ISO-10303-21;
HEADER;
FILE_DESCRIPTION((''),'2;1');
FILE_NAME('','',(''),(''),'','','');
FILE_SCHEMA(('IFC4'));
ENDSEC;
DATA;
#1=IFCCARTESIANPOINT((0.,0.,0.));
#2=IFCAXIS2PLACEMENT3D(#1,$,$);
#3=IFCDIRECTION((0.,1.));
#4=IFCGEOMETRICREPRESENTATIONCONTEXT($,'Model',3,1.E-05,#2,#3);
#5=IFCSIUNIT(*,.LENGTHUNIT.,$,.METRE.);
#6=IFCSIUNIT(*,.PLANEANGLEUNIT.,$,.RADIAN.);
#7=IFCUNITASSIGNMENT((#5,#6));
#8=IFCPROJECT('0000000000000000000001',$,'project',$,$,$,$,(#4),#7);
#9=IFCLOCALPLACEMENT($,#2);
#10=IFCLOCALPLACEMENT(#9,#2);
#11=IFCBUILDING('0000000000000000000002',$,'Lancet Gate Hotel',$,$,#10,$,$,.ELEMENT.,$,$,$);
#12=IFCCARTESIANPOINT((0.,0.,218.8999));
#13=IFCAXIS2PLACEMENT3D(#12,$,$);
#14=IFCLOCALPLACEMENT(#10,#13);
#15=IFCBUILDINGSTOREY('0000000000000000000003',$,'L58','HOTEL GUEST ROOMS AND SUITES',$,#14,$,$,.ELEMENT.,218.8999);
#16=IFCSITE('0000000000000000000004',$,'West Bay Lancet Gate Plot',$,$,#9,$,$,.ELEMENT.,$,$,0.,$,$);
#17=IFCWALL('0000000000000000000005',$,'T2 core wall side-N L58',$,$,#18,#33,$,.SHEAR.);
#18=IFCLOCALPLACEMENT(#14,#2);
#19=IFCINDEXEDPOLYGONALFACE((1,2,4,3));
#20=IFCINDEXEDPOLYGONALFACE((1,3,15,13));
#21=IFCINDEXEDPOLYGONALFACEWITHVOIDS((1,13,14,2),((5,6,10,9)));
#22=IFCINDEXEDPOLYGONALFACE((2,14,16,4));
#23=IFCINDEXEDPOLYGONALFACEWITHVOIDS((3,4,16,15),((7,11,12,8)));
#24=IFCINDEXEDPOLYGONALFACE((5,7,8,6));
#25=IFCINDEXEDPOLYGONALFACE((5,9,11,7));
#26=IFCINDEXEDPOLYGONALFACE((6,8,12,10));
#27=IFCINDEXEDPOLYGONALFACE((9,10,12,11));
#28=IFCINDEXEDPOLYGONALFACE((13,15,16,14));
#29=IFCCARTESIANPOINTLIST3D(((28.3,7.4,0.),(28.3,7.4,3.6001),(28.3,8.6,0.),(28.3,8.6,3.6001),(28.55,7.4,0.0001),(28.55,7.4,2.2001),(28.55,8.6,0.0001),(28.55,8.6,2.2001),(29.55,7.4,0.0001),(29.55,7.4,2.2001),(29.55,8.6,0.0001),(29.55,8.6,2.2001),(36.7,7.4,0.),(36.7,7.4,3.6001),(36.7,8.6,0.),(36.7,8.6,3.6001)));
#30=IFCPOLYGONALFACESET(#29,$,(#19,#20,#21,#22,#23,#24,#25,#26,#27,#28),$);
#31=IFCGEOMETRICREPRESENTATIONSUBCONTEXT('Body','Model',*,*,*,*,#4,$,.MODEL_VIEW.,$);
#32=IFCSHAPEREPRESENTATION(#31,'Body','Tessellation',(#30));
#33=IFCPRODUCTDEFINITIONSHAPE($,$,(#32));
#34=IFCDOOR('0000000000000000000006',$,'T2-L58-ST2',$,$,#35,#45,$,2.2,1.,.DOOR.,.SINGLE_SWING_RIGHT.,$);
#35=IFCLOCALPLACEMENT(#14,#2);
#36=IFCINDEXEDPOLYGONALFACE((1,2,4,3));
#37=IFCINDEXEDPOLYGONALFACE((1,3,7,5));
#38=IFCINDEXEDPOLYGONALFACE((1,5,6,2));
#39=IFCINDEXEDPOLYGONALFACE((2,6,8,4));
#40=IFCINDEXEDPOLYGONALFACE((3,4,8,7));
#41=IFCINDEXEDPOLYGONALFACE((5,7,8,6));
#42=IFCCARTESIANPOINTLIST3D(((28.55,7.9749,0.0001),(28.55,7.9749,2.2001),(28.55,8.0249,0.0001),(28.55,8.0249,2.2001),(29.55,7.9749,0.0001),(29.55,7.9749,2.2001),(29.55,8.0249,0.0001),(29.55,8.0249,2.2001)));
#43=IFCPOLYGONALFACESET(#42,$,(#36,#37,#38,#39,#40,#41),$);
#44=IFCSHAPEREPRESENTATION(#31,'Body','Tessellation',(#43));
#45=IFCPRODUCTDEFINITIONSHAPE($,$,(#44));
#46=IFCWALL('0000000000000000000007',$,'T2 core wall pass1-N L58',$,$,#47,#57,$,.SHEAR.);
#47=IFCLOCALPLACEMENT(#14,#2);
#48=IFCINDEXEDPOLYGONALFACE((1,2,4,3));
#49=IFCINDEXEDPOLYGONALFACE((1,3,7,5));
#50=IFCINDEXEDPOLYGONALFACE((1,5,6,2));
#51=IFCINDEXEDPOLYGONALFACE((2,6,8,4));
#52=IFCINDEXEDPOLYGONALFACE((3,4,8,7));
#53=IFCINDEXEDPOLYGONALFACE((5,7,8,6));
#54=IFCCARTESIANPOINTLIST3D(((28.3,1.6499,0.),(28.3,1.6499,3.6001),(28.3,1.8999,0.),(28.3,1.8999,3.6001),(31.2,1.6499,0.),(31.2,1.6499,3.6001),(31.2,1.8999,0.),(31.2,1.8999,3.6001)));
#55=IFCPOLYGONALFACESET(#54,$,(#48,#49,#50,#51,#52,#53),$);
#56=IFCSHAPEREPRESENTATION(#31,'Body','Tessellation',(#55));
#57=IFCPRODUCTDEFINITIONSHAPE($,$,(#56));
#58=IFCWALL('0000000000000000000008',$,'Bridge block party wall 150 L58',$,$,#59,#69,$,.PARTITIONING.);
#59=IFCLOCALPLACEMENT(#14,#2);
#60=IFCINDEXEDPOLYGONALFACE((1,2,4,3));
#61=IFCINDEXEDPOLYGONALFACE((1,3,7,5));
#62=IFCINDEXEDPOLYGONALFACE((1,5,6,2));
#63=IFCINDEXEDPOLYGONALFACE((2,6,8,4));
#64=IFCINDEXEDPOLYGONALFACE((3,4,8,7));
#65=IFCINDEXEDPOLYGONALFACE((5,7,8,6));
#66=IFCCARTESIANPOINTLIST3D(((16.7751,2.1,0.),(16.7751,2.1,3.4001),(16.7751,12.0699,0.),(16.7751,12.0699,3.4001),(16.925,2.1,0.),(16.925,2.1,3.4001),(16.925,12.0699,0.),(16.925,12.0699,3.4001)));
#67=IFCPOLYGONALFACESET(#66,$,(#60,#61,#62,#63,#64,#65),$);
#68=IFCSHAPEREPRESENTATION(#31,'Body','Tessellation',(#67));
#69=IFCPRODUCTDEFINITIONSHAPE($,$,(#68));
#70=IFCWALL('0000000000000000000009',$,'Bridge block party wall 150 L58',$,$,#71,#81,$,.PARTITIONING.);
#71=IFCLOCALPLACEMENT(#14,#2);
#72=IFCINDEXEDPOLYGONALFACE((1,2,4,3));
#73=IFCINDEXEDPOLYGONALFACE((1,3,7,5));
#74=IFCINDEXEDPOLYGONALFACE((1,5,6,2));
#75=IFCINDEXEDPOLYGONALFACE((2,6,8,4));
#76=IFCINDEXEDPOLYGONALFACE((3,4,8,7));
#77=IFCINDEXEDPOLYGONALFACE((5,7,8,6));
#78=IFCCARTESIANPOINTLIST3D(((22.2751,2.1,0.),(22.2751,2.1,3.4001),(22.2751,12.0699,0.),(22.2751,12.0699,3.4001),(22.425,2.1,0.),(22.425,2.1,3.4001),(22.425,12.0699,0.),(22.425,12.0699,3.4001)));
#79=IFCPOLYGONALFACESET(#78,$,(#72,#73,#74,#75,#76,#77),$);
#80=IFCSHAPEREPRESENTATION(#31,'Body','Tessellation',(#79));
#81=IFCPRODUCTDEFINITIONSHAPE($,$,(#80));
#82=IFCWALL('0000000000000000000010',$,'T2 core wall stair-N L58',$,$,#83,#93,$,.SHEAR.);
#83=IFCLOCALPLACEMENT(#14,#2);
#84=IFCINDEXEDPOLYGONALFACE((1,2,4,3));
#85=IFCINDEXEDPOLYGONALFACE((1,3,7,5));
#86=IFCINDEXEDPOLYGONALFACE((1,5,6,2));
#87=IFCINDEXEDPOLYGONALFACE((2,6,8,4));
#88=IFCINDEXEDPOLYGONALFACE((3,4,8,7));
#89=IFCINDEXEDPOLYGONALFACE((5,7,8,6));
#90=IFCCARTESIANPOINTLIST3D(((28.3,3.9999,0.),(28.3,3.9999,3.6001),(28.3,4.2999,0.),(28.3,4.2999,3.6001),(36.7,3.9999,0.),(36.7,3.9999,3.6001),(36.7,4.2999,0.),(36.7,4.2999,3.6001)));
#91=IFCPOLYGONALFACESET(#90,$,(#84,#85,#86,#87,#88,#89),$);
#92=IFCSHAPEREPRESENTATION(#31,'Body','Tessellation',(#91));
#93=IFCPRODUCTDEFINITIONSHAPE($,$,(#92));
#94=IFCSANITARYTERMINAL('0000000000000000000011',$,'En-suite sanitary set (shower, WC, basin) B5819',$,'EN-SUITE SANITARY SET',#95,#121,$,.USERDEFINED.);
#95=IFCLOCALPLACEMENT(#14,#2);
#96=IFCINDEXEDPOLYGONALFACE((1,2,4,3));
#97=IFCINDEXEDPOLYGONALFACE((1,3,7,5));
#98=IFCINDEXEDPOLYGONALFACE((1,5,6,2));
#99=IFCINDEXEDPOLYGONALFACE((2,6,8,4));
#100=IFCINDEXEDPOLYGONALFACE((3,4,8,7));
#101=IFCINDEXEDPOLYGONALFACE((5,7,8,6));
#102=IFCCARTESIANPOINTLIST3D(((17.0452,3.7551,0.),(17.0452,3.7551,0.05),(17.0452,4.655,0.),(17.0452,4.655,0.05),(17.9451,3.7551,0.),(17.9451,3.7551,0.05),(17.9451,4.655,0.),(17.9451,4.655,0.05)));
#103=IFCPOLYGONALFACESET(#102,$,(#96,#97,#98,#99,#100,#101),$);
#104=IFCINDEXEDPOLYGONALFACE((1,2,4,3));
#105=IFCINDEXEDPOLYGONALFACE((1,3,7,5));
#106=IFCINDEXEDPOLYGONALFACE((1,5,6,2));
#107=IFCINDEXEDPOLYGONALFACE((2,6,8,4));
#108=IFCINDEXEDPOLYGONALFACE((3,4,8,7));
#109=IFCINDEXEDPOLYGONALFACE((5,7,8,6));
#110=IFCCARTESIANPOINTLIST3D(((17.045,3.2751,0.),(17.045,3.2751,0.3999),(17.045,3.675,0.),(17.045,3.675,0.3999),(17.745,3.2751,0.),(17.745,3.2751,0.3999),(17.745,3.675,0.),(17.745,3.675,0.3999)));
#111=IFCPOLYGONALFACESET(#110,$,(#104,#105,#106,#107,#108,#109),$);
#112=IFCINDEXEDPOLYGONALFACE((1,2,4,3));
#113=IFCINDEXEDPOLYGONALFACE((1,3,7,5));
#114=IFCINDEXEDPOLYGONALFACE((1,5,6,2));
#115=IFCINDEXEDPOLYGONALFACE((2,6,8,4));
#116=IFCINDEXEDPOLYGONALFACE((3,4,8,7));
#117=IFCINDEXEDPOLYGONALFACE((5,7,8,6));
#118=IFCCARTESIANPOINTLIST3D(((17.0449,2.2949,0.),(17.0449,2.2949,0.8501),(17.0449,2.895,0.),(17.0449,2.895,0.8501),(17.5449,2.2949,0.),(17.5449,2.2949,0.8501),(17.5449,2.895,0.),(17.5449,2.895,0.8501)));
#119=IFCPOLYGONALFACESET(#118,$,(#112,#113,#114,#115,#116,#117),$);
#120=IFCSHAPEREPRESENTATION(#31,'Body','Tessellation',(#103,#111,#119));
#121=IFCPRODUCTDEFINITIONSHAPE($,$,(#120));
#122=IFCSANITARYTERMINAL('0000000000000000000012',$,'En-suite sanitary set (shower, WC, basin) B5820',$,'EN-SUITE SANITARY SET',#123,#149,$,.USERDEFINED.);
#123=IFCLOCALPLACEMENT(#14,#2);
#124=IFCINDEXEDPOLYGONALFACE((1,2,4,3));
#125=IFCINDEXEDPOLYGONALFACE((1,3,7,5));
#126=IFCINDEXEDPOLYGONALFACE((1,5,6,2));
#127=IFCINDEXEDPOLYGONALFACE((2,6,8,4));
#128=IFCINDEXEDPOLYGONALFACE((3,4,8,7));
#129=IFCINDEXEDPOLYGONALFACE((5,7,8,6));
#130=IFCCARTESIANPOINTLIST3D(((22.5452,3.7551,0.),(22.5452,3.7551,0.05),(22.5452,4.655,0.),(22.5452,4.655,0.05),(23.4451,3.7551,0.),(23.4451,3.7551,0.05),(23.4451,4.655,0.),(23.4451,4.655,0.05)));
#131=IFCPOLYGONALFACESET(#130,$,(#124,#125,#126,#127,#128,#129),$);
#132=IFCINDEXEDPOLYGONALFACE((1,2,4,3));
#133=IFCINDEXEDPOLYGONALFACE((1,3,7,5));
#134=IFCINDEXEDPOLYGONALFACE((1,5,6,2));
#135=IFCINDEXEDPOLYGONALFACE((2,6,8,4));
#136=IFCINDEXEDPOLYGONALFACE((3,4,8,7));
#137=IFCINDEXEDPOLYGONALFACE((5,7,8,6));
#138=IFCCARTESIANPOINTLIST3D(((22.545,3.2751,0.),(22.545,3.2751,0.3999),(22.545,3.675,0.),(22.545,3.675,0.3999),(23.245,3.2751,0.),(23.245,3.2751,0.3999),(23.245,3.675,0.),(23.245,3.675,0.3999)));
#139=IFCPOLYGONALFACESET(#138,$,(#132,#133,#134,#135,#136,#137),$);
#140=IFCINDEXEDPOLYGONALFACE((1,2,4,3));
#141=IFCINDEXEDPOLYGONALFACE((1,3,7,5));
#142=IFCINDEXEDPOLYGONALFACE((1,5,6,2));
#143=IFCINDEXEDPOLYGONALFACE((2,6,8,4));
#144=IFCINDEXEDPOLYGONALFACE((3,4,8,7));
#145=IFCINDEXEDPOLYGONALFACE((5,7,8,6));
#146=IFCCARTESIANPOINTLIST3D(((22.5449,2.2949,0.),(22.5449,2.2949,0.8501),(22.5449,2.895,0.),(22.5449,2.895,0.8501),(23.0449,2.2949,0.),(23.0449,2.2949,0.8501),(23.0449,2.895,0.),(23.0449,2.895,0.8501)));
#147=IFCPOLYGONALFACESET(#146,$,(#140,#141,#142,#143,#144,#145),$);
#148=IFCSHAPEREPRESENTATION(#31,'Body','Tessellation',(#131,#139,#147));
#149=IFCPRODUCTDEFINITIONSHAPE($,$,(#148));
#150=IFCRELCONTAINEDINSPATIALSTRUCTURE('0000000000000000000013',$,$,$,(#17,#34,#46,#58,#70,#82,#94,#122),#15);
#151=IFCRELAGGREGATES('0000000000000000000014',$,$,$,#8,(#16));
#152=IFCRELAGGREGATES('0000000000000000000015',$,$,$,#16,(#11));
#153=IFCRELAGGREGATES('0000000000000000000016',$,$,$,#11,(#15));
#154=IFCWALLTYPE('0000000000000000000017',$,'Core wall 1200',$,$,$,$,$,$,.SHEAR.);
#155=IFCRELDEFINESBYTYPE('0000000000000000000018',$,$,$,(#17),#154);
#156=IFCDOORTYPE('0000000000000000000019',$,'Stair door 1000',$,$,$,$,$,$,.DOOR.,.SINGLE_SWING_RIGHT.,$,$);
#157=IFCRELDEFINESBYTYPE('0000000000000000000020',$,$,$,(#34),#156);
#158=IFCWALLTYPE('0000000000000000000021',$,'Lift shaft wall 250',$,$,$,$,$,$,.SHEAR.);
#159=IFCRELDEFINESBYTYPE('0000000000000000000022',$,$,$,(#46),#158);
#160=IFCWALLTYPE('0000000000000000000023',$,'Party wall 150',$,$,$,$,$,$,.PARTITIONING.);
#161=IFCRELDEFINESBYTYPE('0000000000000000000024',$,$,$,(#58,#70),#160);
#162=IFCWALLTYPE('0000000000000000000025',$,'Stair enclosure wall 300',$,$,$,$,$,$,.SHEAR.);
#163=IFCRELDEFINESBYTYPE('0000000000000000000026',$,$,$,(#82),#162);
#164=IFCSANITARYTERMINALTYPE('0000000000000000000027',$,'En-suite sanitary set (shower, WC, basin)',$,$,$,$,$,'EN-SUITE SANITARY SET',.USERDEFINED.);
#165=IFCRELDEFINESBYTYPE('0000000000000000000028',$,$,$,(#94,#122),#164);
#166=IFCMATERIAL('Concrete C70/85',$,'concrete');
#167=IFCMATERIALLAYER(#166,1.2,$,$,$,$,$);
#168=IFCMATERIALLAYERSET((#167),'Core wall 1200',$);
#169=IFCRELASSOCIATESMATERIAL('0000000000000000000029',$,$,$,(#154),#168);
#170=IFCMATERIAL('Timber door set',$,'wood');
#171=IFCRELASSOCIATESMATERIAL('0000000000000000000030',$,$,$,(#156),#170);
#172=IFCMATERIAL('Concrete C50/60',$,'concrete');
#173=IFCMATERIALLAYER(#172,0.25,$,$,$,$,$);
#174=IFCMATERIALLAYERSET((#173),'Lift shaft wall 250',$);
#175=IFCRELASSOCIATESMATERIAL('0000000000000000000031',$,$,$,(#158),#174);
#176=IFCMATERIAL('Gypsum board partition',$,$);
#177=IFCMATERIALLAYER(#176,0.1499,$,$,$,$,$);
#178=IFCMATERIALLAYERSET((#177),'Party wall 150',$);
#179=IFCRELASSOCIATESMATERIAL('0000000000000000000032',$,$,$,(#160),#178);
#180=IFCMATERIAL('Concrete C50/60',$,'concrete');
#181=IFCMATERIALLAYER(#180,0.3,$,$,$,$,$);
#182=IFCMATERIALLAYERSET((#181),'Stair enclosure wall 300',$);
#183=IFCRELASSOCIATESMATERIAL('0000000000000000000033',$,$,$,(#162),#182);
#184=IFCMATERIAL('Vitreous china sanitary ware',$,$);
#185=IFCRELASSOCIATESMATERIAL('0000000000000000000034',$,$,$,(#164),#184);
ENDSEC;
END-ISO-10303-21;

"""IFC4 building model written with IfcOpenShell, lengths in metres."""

from ifc_helpers import new_model, si_unit, direction, frame, frame_2d, origin, origin_2d, place, context, subcontext, project, spatial, rectangle, extrude, material, layer, layer_set, type_object, element, fill, save


model = new_model("IFC4")

# Units and contexts
model_context = context("Model", 3, precision=1e-05, world=origin(), true_north=direction((0.0, 1.0)))
body_context = subcontext(model_context, "Body", "Model", "MODEL_VIEW")
ifc_project = project(units=[si_unit("LENGTHUNIT", "METRE"), si_unit("PLANEANGLEUNIT", "RADIAN")], contexts=[model_context])

# Site, building, storey
site_placement = place(None, origin())
site = spatial("IfcSite", under=ifc_project, at=site_placement, Name="West Bay Lancet Gate Plot", CompositionType="ELEMENT", RefElevation=0.0)
building_placement = place(site_placement, origin())
building = spatial("IfcBuilding", under=site, at=building_placement, Name="Lancet Gate Hotel", CompositionType="ELEMENT")
storey_placement = place(building_placement, frame((0.0, 0.0, 218.8999)))
storey = spatial("IfcBuildingStorey", under=building, at=storey_placement, Name="L58", Description="HOTEL GUEST ROOMS AND SUITES", CompositionType="ELEMENT", Elevation=218.8999)

# Wall, opening, door
ifc_material_1 = material(Name="Concrete C70/85", Category="concrete")
ifc_layer_1 = layer(ifc_material_1, 1.2)
ifc_layer_set_1 = layer_set([ifc_layer_1], Name="Core wall 1200")
wall_type_1 = type_object("IfcWallType", Name="Core wall 1200", PredefinedType="SHEAR", material=ifc_layer_set_1)
wall_1_placement = place(storey_placement, frame((28.3, 8.0, 0.0), z_axis=(0.0, 0.0, 1.0), x_axis=(1.0, 0.0, 0.0)))
wall_1 = element("IfcWall", 1, at=wall_1_placement, inside=storey, type_object=wall_type_1, Name="T2 core wall side-N L58", PredefinedType="SHEAR", context=body_context, shape_type="SweptSolid", body=[
    extrude(rectangle(XDim=8.3999, YDim=1.2, at=frame_2d((4.2, 0.0))), origin(), (0.0, 0.0, 1.0), 3.6001),
])
opening_1_placement = place(wall_1_placement, frame((0.25, 0.0, 0.0)))
opening_1 = element("IfcOpeningElement", 2, at=opening_1_placement, cuts=wall_1, PredefinedType="OPENING", context=body_context, shape_type="SweptSolid", body=[
    extrude(rectangle(XDim=1.0, YDim=2.2, at=frame_2d((0.5, 1.1001))), frame((0.0, 0.6099, 0.0), z_axis=(0.0, -1.0, 0.0), x_axis=(1.0, 0.0, 0.0)), (0.0, 0.0, 1.0), 1.22),
])
ifc_material_2 = material(Name="Timber door set", Category="wood")
door_type_1 = type_object("IfcDoorType", Name="Stair door 1000", OperationType="SINGLE_SWING_RIGHT", PredefinedType="DOOR", material=ifc_material_2)
door_1_placement = place(opening_1_placement, origin())
door_1 = element("IfcDoor", 3, at=door_1_placement, inside=storey, type_object=door_type_1, Name="T2-L58-ST2", OperationType="SINGLE_SWING_RIGHT", OverallHeight=2.2, OverallWidth=1.0, PredefinedType="DOOR", context=body_context, shape_type="SweptSolid", body=[
    extrude(rectangle(XDim=1.0, YDim=2.2, at=frame_2d((0.5, 1.1001))), frame((0.0, 0.0249, 0.0), z_axis=(0.0, -1.0, 0.0), x_axis=(1.0, 0.0, 0.0)), (0.0, 0.0, 1.0), 0.05),
])
fill(opening_1, door_1)

# Walls
ifc_material_3 = material(Name="Concrete C50/60", Category="concrete")
ifc_layer_2 = layer(ifc_material_3, 0.25)
ifc_layer_set_2 = layer_set([ifc_layer_2], Name="Lift shaft wall 250")
wall_type_2 = type_object("IfcWallType", Name="Lift shaft wall 250", PredefinedType="SHEAR", material=ifc_layer_set_2)
wall_2_placement = place(storey_placement, frame((28.3, 1.7749, 0.0), z_axis=(0.0, 0.0, 1.0), x_axis=(1.0, 0.0, 0.0)))
element("IfcWall", 4, at=wall_2_placement, inside=storey, type_object=wall_type_2, Name="T2 core wall pass1-N L58", PredefinedType="SHEAR", context=body_context, shape_type="SweptSolid", body=[
    extrude(rectangle(XDim=2.8999, YDim=0.25, at=frame_2d((1.45, 0.0))), origin(), (0.0, 0.0, 1.0), 3.6001),
])
ifc_material_4 = material(Name="Gypsum board partition")
ifc_layer_3 = layer(ifc_material_4, 0.1499)
ifc_layer_set_3 = layer_set([ifc_layer_3], Name="Party wall 150")
wall_type_3 = type_object("IfcWallType", Name="Party wall 150", PredefinedType="PARTITIONING", material=ifc_layer_set_3)
for number, where, z_axis, x_axis, name in (
    (5, (16.8501, 2.1001, 0.0), (0.0, 0.0, 1.0), (0.0, 1.0, 0.0), "Bridge block party wall 150 L58"),
    (6, (22.3501, 2.1001, 0.0), (0.0, 0.0, 1.0), (0.0, 1.0, 0.0), "Bridge block party wall 150 L58"),
):
    element("IfcWall", number, at=place(storey_placement, frame(where, z_axis=z_axis, x_axis=x_axis)), inside=storey, type_object=wall_type_3, Name=name, PredefinedType="PARTITIONING", context=body_context, shape_type="SweptSolid", body=[
        extrude(rectangle(XDim=9.97, YDim=0.1499, at=frame_2d((4.9849, 0.0))), origin(), (0.0, 0.0, 1.0), 3.4001),
    ])
ifc_material_5 = material(Name="Concrete C50/60", Category="concrete")
ifc_layer_4 = layer(ifc_material_5, 0.3)
ifc_layer_set_4 = layer_set([ifc_layer_4], Name="Stair enclosure wall 300")
wall_type_4 = type_object("IfcWallType", Name="Stair enclosure wall 300", PredefinedType="SHEAR", material=ifc_layer_set_4)
wall_3_placement = place(storey_placement, frame((28.3, 4.1499, 0.0), z_axis=(0.0, 0.0, 1.0), x_axis=(1.0, 0.0, 0.0)))
element("IfcWall", 7, at=wall_3_placement, inside=storey, type_object=wall_type_4, Name="T2 core wall stair-N L58", PredefinedType="SHEAR", context=body_context, shape_type="SweptSolid", body=[
    extrude(rectangle(XDim=8.3999, YDim=0.3, at=frame_2d((4.2, 0.0))), origin(), (0.0, 0.0, 1.0), 3.6001),
])

# Sanitary terminals
ifc_material_6 = material(Name="Vitreous china sanitary ware")
sanitary_terminal_type = type_object("IfcSanitaryTerminalType", Name="En-suite sanitary set (shower, WC, basin)", ElementType="EN-SUITE SANITARY SET", PredefinedType="USERDEFINED", material=ifc_material_6)
for number, where, z_axis, x_axis, name in (
    (8, (17.4951, 4.2051, 0.0), (0.0, 0.0, 1.0), (1.0, 0.0, 0.0), "En-suite sanitary set (shower, WC, basin) B5819"),
    (9, (22.9951, 4.2051, 0.0), (0.0, 0.0, 1.0), (1.0, 0.0, 0.0), "En-suite sanitary set (shower, WC, basin) B5820"),
):
    element("IfcSanitaryTerminal", number, at=place(storey_placement, frame(where, z_axis=z_axis, x_axis=x_axis)), inside=storey, type_object=sanitary_terminal_type, Name=name, ObjectType="EN-SUITE SANITARY SET", PredefinedType="USERDEFINED", context=body_context, shape_type="SweptSolid", body=[
        extrude(rectangle(XDim=0.8999, YDim=0.8999, at=origin_2d()), frame((0.0, 0.0, 0.0), z_axis=(0.0, 0.0, 1.0), x_axis=(0.0, 1.0, 0.0)), (0.0, 0.0, 1.0), 0.05),
        extrude(rectangle(XDim=0.3999, YDim=0.7, at=origin_2d()), frame((-0.1001, -0.73, 0.0), z_axis=(0.0, 0.0, 1.0), x_axis=(0.0, 1.0, 0.0)), (0.0, 0.0, 1.0), 0.3999),
        extrude(rectangle(XDim=0.6001, YDim=0.5, at=origin_2d()), frame((-0.2002, -1.6101, 0.0), z_axis=(0.0, 0.0, 1.0), x_axis=(0.0, 1.0, 0.0)), (0.0, 0.0, 1.0), 0.8501),
    ])

save(model, "model.ifc")
